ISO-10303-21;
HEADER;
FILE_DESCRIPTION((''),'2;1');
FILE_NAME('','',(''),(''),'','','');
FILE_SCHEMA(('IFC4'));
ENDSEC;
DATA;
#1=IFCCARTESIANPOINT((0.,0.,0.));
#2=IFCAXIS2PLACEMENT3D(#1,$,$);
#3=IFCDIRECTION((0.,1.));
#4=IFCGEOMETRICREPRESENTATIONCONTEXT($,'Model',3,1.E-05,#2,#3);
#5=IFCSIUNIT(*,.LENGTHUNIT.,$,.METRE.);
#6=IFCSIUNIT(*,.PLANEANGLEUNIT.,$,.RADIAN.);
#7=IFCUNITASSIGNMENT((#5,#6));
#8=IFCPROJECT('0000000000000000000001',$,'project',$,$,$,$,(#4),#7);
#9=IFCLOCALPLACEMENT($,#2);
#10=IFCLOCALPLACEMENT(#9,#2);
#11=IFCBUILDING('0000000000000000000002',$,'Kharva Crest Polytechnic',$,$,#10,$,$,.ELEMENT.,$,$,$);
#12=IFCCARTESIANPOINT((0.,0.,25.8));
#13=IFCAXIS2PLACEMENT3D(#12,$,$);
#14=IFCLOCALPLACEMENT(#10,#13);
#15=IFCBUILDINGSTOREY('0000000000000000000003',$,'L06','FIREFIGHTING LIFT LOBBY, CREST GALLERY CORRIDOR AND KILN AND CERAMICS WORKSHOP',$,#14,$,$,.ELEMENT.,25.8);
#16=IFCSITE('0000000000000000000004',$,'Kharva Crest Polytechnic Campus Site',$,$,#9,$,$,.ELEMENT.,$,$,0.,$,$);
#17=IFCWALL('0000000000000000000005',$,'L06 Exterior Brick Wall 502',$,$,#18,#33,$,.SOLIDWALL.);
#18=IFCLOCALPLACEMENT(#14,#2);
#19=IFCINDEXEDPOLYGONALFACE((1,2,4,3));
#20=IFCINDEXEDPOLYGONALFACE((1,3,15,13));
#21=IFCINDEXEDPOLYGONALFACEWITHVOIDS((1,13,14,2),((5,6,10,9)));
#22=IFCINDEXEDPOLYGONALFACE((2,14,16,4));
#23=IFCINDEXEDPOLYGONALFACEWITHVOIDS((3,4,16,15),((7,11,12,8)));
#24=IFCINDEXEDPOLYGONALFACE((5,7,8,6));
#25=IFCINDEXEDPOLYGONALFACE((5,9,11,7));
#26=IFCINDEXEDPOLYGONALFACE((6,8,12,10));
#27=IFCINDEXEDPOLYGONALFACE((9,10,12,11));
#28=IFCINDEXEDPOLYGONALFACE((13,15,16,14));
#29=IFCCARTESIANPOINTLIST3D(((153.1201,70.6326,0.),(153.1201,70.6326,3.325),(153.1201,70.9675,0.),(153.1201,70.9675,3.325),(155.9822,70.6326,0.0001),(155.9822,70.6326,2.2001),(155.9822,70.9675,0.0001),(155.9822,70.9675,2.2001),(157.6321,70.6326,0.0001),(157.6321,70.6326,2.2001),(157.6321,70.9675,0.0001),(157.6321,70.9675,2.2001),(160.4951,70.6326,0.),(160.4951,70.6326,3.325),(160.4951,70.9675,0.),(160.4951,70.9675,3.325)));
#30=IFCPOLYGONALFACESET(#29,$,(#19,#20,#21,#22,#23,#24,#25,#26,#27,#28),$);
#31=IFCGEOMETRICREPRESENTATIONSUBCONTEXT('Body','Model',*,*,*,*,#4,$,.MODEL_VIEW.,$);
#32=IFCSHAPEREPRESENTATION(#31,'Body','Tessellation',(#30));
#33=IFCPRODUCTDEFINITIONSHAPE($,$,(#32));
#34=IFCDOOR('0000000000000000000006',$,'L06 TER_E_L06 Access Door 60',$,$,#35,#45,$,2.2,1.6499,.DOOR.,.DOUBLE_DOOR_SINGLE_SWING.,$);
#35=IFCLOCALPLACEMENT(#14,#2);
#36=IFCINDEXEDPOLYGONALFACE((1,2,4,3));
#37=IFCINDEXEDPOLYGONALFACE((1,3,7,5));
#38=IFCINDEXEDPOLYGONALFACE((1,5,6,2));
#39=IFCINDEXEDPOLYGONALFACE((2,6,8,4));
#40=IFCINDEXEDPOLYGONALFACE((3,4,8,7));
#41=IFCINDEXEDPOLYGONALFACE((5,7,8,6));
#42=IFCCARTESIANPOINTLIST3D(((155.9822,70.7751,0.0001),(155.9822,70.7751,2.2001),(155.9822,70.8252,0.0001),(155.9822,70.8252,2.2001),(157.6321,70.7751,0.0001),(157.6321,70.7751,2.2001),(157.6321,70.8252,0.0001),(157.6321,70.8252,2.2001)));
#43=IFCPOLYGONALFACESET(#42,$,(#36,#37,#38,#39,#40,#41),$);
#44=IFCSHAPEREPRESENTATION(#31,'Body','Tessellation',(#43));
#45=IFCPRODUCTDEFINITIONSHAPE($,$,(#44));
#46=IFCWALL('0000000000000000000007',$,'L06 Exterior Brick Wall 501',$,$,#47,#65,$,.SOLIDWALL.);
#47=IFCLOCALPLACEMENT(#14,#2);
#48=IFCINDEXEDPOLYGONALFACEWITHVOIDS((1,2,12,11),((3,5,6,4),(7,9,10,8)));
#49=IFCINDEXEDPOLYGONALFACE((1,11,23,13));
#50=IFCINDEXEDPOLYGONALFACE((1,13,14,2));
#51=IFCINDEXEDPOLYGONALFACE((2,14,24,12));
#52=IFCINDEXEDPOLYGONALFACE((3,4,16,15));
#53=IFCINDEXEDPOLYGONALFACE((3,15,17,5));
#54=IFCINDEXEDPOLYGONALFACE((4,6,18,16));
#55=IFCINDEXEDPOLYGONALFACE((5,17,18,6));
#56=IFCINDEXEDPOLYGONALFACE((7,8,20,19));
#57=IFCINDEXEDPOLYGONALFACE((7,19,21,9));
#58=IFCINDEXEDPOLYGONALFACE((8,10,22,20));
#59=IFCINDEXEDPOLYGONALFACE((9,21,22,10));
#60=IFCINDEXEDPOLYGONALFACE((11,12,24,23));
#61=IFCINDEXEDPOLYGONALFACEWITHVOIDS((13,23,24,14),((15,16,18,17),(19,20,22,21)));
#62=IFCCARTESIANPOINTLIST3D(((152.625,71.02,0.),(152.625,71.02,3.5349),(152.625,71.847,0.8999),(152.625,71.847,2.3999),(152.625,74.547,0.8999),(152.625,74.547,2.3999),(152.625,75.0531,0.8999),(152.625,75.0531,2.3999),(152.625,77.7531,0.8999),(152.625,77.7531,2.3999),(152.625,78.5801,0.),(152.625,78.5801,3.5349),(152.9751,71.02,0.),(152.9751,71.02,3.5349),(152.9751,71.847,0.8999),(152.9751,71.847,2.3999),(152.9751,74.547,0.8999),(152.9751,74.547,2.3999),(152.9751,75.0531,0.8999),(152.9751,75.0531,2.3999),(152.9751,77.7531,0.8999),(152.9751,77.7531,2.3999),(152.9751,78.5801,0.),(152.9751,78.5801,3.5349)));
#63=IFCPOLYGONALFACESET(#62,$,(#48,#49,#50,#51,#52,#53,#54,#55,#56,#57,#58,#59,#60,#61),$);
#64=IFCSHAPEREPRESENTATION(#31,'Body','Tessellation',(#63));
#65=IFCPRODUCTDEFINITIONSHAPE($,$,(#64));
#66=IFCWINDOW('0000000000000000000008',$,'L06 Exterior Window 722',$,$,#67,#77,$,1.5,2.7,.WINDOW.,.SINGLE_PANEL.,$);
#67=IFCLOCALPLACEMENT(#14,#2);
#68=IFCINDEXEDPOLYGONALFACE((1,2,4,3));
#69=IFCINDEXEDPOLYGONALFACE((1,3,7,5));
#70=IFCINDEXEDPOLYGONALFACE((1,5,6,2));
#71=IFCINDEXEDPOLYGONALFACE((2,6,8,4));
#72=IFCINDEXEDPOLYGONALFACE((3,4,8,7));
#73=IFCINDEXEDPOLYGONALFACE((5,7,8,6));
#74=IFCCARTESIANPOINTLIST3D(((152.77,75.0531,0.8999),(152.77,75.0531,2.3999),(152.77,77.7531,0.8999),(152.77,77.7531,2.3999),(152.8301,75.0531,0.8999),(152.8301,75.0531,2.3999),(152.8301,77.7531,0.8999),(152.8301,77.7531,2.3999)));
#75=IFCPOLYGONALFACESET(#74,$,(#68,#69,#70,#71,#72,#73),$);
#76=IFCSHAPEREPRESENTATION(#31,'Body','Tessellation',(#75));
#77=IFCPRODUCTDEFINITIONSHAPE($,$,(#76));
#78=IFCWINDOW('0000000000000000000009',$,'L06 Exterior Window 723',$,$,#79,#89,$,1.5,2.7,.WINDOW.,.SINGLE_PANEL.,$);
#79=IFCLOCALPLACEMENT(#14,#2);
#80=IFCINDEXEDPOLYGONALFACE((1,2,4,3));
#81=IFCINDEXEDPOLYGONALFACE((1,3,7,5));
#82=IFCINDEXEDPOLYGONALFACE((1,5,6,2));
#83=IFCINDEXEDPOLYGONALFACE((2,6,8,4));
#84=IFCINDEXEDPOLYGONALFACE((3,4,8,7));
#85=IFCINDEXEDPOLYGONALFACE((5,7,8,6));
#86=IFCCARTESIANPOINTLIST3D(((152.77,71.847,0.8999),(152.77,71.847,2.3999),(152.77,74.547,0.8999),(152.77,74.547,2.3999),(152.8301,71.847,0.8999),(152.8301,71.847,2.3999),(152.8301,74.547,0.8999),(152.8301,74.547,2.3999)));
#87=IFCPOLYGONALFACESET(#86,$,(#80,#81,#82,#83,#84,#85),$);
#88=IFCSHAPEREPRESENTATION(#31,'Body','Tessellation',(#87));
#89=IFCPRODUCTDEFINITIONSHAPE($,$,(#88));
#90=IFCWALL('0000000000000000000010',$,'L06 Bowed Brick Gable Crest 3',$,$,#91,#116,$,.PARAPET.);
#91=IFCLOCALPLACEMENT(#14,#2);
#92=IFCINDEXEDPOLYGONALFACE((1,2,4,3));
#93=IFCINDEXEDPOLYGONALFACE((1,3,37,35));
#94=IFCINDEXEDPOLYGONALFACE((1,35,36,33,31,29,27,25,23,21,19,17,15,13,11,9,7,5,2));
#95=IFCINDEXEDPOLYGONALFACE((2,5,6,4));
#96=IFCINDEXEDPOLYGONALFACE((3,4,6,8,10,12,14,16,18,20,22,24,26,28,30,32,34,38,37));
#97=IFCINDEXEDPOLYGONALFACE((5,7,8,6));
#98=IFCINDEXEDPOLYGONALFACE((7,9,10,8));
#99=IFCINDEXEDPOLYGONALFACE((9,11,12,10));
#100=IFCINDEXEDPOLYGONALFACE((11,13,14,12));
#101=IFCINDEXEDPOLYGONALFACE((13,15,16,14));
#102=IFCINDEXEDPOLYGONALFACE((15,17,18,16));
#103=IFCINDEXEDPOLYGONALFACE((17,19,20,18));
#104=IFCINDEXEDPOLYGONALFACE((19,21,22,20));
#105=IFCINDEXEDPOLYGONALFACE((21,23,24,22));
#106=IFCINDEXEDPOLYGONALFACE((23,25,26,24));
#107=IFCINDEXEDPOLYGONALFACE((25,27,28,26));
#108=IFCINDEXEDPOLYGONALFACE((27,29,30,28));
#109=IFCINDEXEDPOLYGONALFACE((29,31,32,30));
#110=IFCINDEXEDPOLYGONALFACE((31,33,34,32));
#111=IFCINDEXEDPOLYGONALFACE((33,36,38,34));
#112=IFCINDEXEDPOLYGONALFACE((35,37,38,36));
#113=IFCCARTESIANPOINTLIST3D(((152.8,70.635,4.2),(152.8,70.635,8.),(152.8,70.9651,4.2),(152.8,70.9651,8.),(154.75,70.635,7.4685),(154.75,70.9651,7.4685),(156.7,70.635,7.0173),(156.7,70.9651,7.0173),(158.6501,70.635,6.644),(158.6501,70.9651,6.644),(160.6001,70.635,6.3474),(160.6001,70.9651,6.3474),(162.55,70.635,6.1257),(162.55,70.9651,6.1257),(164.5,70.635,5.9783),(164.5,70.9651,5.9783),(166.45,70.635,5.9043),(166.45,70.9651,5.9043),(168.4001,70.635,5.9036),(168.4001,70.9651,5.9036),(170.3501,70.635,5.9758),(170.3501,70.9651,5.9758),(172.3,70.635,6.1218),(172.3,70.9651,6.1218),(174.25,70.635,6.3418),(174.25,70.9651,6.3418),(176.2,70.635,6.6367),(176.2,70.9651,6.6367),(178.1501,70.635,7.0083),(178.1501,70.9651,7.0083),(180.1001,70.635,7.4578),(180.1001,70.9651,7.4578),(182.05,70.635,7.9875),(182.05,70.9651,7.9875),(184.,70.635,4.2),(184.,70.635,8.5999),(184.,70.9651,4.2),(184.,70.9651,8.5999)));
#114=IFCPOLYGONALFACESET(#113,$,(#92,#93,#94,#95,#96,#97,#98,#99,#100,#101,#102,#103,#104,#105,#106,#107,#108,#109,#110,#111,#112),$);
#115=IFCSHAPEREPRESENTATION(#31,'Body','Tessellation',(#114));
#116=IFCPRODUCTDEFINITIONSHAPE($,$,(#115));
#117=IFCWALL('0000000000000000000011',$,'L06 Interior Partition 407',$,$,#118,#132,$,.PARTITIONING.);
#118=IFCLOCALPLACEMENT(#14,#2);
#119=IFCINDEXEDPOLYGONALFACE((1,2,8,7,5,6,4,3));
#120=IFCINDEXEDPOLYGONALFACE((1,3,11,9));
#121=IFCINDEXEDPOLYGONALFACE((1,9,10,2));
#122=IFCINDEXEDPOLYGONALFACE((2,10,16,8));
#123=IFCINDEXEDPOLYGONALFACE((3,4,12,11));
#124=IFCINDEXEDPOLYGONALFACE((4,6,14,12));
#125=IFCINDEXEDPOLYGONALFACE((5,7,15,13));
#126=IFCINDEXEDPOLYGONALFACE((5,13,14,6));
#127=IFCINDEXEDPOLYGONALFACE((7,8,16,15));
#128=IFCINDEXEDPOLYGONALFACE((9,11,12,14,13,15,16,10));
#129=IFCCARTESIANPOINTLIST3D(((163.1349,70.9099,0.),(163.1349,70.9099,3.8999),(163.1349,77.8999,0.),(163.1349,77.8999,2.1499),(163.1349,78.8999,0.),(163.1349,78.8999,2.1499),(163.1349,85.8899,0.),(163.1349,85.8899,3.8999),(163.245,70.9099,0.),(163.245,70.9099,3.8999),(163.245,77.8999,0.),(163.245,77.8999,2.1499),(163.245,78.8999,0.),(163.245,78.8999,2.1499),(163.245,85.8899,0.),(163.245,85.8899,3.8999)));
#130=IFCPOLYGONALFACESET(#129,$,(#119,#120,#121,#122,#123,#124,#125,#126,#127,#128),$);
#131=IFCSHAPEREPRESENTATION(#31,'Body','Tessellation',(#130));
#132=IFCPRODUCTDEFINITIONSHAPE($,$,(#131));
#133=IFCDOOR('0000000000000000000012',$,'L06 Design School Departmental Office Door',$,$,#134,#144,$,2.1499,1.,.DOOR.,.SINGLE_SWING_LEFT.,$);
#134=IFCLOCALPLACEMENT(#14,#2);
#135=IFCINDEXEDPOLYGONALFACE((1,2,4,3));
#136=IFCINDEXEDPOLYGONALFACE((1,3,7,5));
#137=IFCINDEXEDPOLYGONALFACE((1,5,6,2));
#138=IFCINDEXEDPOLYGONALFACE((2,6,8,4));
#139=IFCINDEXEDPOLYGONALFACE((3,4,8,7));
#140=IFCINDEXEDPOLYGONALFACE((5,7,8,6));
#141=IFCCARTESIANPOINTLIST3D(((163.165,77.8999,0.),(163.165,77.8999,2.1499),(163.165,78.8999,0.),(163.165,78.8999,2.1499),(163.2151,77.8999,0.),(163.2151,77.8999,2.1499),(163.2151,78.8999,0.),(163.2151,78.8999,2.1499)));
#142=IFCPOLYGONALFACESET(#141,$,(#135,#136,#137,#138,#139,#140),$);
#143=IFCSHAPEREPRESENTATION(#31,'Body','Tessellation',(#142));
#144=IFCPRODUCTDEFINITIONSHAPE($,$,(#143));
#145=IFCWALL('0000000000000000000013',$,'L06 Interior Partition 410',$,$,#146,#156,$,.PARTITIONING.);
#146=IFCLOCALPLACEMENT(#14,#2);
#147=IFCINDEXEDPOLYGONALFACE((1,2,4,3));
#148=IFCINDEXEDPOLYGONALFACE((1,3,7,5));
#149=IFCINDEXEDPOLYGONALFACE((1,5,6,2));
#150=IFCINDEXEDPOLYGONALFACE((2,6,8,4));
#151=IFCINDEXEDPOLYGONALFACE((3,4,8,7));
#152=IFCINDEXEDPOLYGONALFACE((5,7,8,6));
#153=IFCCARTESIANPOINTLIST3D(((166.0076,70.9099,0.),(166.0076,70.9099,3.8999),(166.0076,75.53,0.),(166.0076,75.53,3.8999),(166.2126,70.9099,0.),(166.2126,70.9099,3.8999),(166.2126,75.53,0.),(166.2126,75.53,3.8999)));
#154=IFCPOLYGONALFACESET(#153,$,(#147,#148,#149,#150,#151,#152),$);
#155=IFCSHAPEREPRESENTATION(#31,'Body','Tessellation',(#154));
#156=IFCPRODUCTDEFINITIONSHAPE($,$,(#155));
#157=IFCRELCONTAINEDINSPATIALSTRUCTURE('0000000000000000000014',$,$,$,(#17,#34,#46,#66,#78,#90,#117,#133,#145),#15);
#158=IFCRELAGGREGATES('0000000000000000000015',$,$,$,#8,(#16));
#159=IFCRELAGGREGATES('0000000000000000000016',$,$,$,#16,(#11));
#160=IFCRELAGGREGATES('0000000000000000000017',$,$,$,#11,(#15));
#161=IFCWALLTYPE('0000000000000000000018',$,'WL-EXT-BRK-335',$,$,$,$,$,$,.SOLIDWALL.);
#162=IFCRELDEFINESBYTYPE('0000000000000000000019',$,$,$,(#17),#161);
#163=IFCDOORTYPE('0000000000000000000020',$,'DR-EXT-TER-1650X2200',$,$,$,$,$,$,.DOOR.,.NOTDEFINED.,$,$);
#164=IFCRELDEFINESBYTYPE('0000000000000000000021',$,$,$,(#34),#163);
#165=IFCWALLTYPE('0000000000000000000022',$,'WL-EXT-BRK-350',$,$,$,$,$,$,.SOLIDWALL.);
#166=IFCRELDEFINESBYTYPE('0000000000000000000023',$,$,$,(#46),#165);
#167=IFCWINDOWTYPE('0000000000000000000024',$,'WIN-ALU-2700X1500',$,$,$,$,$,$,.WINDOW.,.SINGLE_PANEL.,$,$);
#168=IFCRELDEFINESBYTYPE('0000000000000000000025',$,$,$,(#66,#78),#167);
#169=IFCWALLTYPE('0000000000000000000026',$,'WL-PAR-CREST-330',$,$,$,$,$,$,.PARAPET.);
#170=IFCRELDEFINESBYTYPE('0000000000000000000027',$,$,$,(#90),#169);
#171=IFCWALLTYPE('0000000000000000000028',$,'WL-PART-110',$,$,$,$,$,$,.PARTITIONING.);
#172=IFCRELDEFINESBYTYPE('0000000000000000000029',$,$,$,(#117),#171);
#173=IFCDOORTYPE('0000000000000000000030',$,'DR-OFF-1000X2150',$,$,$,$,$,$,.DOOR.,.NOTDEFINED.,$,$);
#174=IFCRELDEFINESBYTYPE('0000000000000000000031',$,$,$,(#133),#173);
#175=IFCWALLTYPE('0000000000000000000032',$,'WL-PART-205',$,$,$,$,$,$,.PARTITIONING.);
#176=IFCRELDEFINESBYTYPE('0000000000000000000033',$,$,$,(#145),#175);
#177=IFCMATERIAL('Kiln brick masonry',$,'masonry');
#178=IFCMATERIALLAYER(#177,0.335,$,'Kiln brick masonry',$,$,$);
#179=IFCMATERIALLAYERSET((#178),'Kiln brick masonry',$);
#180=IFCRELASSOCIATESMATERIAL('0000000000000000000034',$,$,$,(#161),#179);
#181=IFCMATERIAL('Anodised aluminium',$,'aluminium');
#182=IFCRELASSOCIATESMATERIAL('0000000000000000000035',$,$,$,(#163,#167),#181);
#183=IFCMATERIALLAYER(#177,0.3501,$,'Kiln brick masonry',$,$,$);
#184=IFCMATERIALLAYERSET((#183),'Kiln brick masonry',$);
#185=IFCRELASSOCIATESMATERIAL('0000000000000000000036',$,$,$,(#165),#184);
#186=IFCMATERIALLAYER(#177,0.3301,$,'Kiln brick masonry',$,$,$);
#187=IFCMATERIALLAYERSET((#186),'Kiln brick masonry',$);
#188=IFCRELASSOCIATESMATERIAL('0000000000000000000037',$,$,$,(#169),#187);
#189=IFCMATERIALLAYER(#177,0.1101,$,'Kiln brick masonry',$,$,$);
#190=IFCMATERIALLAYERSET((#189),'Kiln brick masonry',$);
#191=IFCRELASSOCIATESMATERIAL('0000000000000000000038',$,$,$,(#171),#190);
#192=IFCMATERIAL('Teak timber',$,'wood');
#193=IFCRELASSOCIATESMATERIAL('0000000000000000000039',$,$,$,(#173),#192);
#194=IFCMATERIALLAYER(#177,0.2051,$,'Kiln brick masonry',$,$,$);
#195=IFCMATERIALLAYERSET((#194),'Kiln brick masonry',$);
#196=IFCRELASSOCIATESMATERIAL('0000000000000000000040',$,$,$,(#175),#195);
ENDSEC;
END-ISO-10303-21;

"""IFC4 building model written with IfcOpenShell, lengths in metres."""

from ifc_helpers import new_model, si_unit, direction, frame, frame_2d, origin, place, context, subcontext, project, spatial, polyline, rectangle, outline, extrude, material, layer, layer_set, type_object, element, fill, save


model = new_model("IFC4")

# Units and contexts
model_context = context("Model", 3, precision=1e-05, world=origin(), true_north=direction((0.0, 1.0)))
body_context = subcontext(model_context, "Body", "Model", "MODEL_VIEW")
ifc_project = project(units=[si_unit("LENGTHUNIT", "METRE"), si_unit("PLANEANGLEUNIT", "RADIAN")], contexts=[model_context])

# Site, building, storey
site_placement = place(None, origin())
site = spatial("IfcSite", under=ifc_project, at=site_placement, Name="Kharva Crest Polytechnic Campus Site", CompositionType="ELEMENT", RefElevation=0.0)
building_placement = place(site_placement, origin())
building = spatial("IfcBuilding", under=site, at=building_placement, Name="Kharva Crest Polytechnic", CompositionType="ELEMENT")
storey_placement = place(building_placement, frame((0.0, 0.0, 25.8)))
storey = spatial("IfcBuildingStorey", under=building, at=storey_placement, Name="L06", Description="FIREFIGHTING LIFT LOBBY, CREST GALLERY CORRIDOR AND KILN AND CERAMICS WORKSHOP", CompositionType="ELEMENT", Elevation=25.8)

# Wall, opening, door
ifc_material_1 = material(Name="Kiln brick masonry", Category="masonry")
ifc_material_2 = material(Name="Anodised aluminium", Category="aluminium")
ifc_layer_1 = layer(ifc_material_1, 0.335, Name="Kiln brick masonry")
ifc_layer_set_1 = layer_set([ifc_layer_1], Name="Kiln brick masonry")
wall_type_1 = type_object("IfcWallType", Name="WL-EXT-BRK-335", PredefinedType="SOLIDWALL", material=ifc_layer_set_1)
wall_1_placement = place(storey_placement, frame((153.1201, 70.8, 0.0), z_axis=(0.0, 0.0, 1.0), x_axis=(1.0, 0.0, 0.0)))
wall_1 = element("IfcWall", 1, at=wall_1_placement, inside=storey, type_object=wall_type_1, Name="L06 Exterior Brick Wall 502", PredefinedType="SOLIDWALL", context=body_context, shape_type="SweptSolid", body=[
    extrude(rectangle(XDim=7.375, YDim=0.335, at=frame_2d((3.6875, 0.0))), origin(), (0.0, 0.0, 1.0), 3.325),
])
opening_1_placement = place(wall_1_placement, frame((2.8621, 0.0, 0.0)))
opening_1 = element("IfcOpeningElement", 2, at=opening_1_placement, cuts=wall_1, PredefinedType="OPENING", context=body_context, shape_type="SweptSolid", body=[
    extrude(rectangle(XDim=1.6499, YDim=2.2, at=frame_2d((0.825, 1.1001))), frame((0.0, 0.1775, 0.0), z_axis=(0.0, -1.0, 0.0), x_axis=(1.0, 0.0, 0.0)), (0.0, 0.0, 1.0), 0.355),
])
door_type_1 = type_object("IfcDoorType", Name="DR-EXT-TER-1650X2200", OperationType="NOTDEFINED", PredefinedType="DOOR", material=ifc_material_2)
door_1_placement = place(opening_1_placement, frame((1.6499, 0.0, 0.0), z_axis=(0.0, 0.0, 1.0), x_axis=(-1.0, 0.0, 0.0)))
door_1 = element("IfcDoor", 3, at=door_1_placement, inside=storey, type_object=door_type_1, Name="L06 TER_E_L06 Access Door 60", OperationType="DOUBLE_DOOR_SINGLE_SWING", OverallHeight=2.2, OverallWidth=1.6499, PredefinedType="DOOR", context=body_context, shape_type="SweptSolid", body=[
    extrude(rectangle(XDim=1.6499, YDim=2.2, at=frame_2d((0.825, 1.1001))), frame((0.0, 0.0249, 0.0), z_axis=(0.0, -1.0, 0.0), x_axis=(1.0, 0.0, 0.0)), (0.0, 0.0, 1.0), 0.05),
])
fill(opening_1, door_1)

# Wall, openings, windows
ifc_layer_2 = layer(ifc_material_1, 0.3501, Name="Kiln brick masonry")
ifc_layer_set_2 = layer_set([ifc_layer_2], Name="Kiln brick masonry")
wall_type_2 = type_object("IfcWallType", Name="WL-EXT-BRK-350", PredefinedType="SOLIDWALL", material=ifc_layer_set_2)
wall_2_placement = place(storey_placement, frame((152.8, 78.5801, 0.0), z_axis=(0.0, 0.0, 1.0), x_axis=(0.0, -1.0, 0.0)))
wall_2 = element("IfcWall", 4, at=wall_2_placement, inside=storey, type_object=wall_type_2, Name="L06 Exterior Brick Wall 501", PredefinedType="SOLIDWALL", context=body_context, shape_type="SweptSolid", body=[
    extrude(rectangle(XDim=7.5601, YDim=0.3501, at=frame_2d((3.78, 0.0))), origin(), (0.0, 0.0, 1.0), 3.5349),
])
opening_2_placement = place(wall_2_placement, frame((0.8269, 0.0, 0.8999)))
opening_2 = element("IfcOpeningElement", 5, at=opening_2_placement, cuts=wall_2, PredefinedType="OPENING", context=body_context, shape_type="SweptSolid", body=[
    extrude(rectangle(XDim=2.7, YDim=1.5, at=frame_2d((1.3501, 0.75))), frame((0.0, 0.1851, 0.0), z_axis=(0.0, -1.0, 0.0), x_axis=(1.0, 0.0, 0.0)), (0.0, 0.0, 1.0), 0.3701),
])
opening_3_placement = place(wall_2_placement, frame((4.033, 0.0, 0.8999)))
opening_3 = element("IfcOpeningElement", 6, at=opening_3_placement, cuts=wall_2, PredefinedType="OPENING", context=body_context, shape_type="SweptSolid", body=[
    extrude(rectangle(XDim=2.7, YDim=1.5, at=frame_2d((1.3501, 0.75))), frame((0.0, 0.1851, 0.0), z_axis=(0.0, -1.0, 0.0), x_axis=(1.0, 0.0, 0.0)), (0.0, 0.0, 1.0), 0.3701),
])
window_type = type_object("IfcWindowType", Name="WIN-ALU-2700X1500", PartitioningType="SINGLE_PANEL", PredefinedType="WINDOW", material=ifc_material_2)
window_1_placement = place(opening_2_placement, origin())
window_1 = element("IfcWindow", 7, at=window_1_placement, inside=storey, type_object=window_type, Name="L06 Exterior Window 722", OverallHeight=1.5, OverallWidth=2.7, PartitioningType="SINGLE_PANEL", PredefinedType="WINDOW", context=body_context, shape_type="SweptSolid", body=[
    extrude(rectangle(XDim=2.7, YDim=1.5, at=frame_2d((1.3501, 0.75))), frame((0.0, 0.03, 0.0), z_axis=(0.0, -1.0, 0.0), x_axis=(1.0, 0.0, 0.0)), (0.0, 0.0, 1.0), 0.0601),
])
fill(opening_2, window_1)
window_2_placement = place(opening_3_placement, origin())
window_2 = element("IfcWindow", 8, at=window_2_placement, inside=storey, type_object=window_type, Name="L06 Exterior Window 723", OverallHeight=1.5, OverallWidth=2.7, PartitioningType="SINGLE_PANEL", PredefinedType="WINDOW", context=body_context, shape_type="SweptSolid", body=[
    extrude(rectangle(XDim=2.7, YDim=1.5, at=frame_2d((1.3501, 0.75))), frame((0.0, 0.03, 0.0), z_axis=(0.0, -1.0, 0.0), x_axis=(1.0, 0.0, 0.0)), (0.0, 0.0, 1.0), 0.0601),
])
fill(opening_3, window_2)

# Wall
ifc_layer_3 = layer(ifc_material_1, 0.3301, Name="Kiln brick masonry")
ifc_layer_set_3 = layer_set([ifc_layer_3], Name="Kiln brick masonry")
wall_type_3 = type_object("IfcWallType", Name="WL-PAR-CREST-330", PredefinedType="PARAPET", material=ifc_layer_set_3)
wall_3_placement = place(storey_placement, frame((152.8, 70.8, 4.2), z_axis=(0.0, 0.0, 1.0), x_axis=(1.0, 0.0, 0.0)))
element("IfcWall", 9, at=wall_3_placement, inside=storey, type_object=wall_type_3, Name="L06 Bowed Brick Gable Crest 3", PredefinedType="PARAPET", context=body_context, shape_type="SweptSolid", body=[
    extrude(outline(polyline([(0.0, 0.0), (31.2, 0.0), (31.2, 4.3999), (29.25, 3.7876), (27.3, 3.2578), (25.3501, 2.8083), (23.3999, 2.4368), (21.45, 2.1418), (19.5, 1.9219), (17.55, 1.7759), (15.6001, 1.7036), (13.6499, 1.7043), (11.7, 1.7783), (9.75, 1.9258), (7.8, 2.1475), (5.8501, 2.4441), (3.8999, 2.8174), (1.95, 3.2686), (0.0, 3.8), (0.0, 0.0)])), frame((0.0, 0.165, 0.0), z_axis=(0.0, -1.0, 0.0), x_axis=(1.0, 0.0, 0.0)), (0.0, 0.0, 1.0), 0.3301),
])

# Wall, opening, door
ifc_layer_4 = layer(ifc_material_1, 0.1101, Name="Kiln brick masonry")
ifc_layer_set_4 = layer_set([ifc_layer_4], Name="Kiln brick masonry")
wall_type_4 = type_object("IfcWallType", Name="WL-PART-110", PredefinedType="PARTITIONING", material=ifc_layer_set_4)
wall_4_placement = place(storey_placement, frame((163.1899, 70.9099, 0.0), z_axis=(0.0, 0.0, 1.0), x_axis=(0.0, 1.0, 0.0)))
wall_4 = element("IfcWall", 10, at=wall_4_placement, inside=storey, type_object=wall_type_4, Name="L06 Interior Partition 407", PredefinedType="PARTITIONING", context=body_context, shape_type="SweptSolid", body=[
    extrude(rectangle(XDim=14.98, YDim=0.1101, at=frame_2d((7.49, 0.0))), origin(), (0.0, 0.0, 1.0), 3.8999),
])
opening_4_placement = place(wall_4_placement, frame((6.99, 0.0, 0.0)))
opening_4 = element("IfcOpeningElement", 11, at=opening_4_placement, cuts=wall_4, PredefinedType="OPENING", context=body_context, shape_type="SweptSolid", body=[
    extrude(rectangle(XDim=1.0, YDim=2.1499, at=frame_2d((0.5, 1.075))), frame((0.0, 0.0649, 0.0), z_axis=(0.0, -1.0, 0.0), x_axis=(1.0, 0.0, 0.0)), (0.0, 0.0, 1.0), 0.1301),
])
ifc_material_3 = material(Name="Teak timber", Category="wood")
door_type_2 = type_object("IfcDoorType", Name="DR-OFF-1000X2150", OperationType="NOTDEFINED", PredefinedType="DOOR", material=ifc_material_3)
door_2_placement = place(opening_4_placement, origin())
door_2 = element("IfcDoor", 12, at=door_2_placement, inside=storey, type_object=door_type_2, Name="L06 Design School Departmental Office Door", OperationType="SINGLE_SWING_LEFT", OverallHeight=2.1499, OverallWidth=1.0, PredefinedType="DOOR", context=body_context, shape_type="SweptSolid", body=[
    extrude(rectangle(XDim=1.0, YDim=2.1499, at=frame_2d((0.5, 1.075))), frame((0.0, 0.0249, 0.0), z_axis=(0.0, -1.0, 0.0), x_axis=(1.0, 0.0, 0.0)), (0.0, 0.0, 1.0), 0.05),
])
fill(opening_4, door_2)

# Wall
ifc_layer_5 = layer(ifc_material_1, 0.2051, Name="Kiln brick masonry")
ifc_layer_set_5 = layer_set([ifc_layer_5], Name="Kiln brick masonry")
wall_type_5 = type_object("IfcWallType", Name="WL-PART-205", PredefinedType="PARTITIONING", material=ifc_layer_set_5)
wall_5_placement = place(storey_placement, frame((166.1101, 70.9099, 0.0), z_axis=(0.0, 0.0, 1.0), x_axis=(0.0, 1.0, 0.0)))
element("IfcWall", 13, at=wall_5_placement, inside=storey, type_object=wall_type_5, Name="L06 Interior Partition 410", PredefinedType="PARTITIONING", context=body_context, shape_type="SweptSolid", body=[
    extrude(rectangle(XDim=4.6201, YDim=0.2051, at=frame_2d((2.3101, 0.0))), origin(), (0.0, 0.0, 1.0), 3.8999),
])

save(model, "model.ifc")
